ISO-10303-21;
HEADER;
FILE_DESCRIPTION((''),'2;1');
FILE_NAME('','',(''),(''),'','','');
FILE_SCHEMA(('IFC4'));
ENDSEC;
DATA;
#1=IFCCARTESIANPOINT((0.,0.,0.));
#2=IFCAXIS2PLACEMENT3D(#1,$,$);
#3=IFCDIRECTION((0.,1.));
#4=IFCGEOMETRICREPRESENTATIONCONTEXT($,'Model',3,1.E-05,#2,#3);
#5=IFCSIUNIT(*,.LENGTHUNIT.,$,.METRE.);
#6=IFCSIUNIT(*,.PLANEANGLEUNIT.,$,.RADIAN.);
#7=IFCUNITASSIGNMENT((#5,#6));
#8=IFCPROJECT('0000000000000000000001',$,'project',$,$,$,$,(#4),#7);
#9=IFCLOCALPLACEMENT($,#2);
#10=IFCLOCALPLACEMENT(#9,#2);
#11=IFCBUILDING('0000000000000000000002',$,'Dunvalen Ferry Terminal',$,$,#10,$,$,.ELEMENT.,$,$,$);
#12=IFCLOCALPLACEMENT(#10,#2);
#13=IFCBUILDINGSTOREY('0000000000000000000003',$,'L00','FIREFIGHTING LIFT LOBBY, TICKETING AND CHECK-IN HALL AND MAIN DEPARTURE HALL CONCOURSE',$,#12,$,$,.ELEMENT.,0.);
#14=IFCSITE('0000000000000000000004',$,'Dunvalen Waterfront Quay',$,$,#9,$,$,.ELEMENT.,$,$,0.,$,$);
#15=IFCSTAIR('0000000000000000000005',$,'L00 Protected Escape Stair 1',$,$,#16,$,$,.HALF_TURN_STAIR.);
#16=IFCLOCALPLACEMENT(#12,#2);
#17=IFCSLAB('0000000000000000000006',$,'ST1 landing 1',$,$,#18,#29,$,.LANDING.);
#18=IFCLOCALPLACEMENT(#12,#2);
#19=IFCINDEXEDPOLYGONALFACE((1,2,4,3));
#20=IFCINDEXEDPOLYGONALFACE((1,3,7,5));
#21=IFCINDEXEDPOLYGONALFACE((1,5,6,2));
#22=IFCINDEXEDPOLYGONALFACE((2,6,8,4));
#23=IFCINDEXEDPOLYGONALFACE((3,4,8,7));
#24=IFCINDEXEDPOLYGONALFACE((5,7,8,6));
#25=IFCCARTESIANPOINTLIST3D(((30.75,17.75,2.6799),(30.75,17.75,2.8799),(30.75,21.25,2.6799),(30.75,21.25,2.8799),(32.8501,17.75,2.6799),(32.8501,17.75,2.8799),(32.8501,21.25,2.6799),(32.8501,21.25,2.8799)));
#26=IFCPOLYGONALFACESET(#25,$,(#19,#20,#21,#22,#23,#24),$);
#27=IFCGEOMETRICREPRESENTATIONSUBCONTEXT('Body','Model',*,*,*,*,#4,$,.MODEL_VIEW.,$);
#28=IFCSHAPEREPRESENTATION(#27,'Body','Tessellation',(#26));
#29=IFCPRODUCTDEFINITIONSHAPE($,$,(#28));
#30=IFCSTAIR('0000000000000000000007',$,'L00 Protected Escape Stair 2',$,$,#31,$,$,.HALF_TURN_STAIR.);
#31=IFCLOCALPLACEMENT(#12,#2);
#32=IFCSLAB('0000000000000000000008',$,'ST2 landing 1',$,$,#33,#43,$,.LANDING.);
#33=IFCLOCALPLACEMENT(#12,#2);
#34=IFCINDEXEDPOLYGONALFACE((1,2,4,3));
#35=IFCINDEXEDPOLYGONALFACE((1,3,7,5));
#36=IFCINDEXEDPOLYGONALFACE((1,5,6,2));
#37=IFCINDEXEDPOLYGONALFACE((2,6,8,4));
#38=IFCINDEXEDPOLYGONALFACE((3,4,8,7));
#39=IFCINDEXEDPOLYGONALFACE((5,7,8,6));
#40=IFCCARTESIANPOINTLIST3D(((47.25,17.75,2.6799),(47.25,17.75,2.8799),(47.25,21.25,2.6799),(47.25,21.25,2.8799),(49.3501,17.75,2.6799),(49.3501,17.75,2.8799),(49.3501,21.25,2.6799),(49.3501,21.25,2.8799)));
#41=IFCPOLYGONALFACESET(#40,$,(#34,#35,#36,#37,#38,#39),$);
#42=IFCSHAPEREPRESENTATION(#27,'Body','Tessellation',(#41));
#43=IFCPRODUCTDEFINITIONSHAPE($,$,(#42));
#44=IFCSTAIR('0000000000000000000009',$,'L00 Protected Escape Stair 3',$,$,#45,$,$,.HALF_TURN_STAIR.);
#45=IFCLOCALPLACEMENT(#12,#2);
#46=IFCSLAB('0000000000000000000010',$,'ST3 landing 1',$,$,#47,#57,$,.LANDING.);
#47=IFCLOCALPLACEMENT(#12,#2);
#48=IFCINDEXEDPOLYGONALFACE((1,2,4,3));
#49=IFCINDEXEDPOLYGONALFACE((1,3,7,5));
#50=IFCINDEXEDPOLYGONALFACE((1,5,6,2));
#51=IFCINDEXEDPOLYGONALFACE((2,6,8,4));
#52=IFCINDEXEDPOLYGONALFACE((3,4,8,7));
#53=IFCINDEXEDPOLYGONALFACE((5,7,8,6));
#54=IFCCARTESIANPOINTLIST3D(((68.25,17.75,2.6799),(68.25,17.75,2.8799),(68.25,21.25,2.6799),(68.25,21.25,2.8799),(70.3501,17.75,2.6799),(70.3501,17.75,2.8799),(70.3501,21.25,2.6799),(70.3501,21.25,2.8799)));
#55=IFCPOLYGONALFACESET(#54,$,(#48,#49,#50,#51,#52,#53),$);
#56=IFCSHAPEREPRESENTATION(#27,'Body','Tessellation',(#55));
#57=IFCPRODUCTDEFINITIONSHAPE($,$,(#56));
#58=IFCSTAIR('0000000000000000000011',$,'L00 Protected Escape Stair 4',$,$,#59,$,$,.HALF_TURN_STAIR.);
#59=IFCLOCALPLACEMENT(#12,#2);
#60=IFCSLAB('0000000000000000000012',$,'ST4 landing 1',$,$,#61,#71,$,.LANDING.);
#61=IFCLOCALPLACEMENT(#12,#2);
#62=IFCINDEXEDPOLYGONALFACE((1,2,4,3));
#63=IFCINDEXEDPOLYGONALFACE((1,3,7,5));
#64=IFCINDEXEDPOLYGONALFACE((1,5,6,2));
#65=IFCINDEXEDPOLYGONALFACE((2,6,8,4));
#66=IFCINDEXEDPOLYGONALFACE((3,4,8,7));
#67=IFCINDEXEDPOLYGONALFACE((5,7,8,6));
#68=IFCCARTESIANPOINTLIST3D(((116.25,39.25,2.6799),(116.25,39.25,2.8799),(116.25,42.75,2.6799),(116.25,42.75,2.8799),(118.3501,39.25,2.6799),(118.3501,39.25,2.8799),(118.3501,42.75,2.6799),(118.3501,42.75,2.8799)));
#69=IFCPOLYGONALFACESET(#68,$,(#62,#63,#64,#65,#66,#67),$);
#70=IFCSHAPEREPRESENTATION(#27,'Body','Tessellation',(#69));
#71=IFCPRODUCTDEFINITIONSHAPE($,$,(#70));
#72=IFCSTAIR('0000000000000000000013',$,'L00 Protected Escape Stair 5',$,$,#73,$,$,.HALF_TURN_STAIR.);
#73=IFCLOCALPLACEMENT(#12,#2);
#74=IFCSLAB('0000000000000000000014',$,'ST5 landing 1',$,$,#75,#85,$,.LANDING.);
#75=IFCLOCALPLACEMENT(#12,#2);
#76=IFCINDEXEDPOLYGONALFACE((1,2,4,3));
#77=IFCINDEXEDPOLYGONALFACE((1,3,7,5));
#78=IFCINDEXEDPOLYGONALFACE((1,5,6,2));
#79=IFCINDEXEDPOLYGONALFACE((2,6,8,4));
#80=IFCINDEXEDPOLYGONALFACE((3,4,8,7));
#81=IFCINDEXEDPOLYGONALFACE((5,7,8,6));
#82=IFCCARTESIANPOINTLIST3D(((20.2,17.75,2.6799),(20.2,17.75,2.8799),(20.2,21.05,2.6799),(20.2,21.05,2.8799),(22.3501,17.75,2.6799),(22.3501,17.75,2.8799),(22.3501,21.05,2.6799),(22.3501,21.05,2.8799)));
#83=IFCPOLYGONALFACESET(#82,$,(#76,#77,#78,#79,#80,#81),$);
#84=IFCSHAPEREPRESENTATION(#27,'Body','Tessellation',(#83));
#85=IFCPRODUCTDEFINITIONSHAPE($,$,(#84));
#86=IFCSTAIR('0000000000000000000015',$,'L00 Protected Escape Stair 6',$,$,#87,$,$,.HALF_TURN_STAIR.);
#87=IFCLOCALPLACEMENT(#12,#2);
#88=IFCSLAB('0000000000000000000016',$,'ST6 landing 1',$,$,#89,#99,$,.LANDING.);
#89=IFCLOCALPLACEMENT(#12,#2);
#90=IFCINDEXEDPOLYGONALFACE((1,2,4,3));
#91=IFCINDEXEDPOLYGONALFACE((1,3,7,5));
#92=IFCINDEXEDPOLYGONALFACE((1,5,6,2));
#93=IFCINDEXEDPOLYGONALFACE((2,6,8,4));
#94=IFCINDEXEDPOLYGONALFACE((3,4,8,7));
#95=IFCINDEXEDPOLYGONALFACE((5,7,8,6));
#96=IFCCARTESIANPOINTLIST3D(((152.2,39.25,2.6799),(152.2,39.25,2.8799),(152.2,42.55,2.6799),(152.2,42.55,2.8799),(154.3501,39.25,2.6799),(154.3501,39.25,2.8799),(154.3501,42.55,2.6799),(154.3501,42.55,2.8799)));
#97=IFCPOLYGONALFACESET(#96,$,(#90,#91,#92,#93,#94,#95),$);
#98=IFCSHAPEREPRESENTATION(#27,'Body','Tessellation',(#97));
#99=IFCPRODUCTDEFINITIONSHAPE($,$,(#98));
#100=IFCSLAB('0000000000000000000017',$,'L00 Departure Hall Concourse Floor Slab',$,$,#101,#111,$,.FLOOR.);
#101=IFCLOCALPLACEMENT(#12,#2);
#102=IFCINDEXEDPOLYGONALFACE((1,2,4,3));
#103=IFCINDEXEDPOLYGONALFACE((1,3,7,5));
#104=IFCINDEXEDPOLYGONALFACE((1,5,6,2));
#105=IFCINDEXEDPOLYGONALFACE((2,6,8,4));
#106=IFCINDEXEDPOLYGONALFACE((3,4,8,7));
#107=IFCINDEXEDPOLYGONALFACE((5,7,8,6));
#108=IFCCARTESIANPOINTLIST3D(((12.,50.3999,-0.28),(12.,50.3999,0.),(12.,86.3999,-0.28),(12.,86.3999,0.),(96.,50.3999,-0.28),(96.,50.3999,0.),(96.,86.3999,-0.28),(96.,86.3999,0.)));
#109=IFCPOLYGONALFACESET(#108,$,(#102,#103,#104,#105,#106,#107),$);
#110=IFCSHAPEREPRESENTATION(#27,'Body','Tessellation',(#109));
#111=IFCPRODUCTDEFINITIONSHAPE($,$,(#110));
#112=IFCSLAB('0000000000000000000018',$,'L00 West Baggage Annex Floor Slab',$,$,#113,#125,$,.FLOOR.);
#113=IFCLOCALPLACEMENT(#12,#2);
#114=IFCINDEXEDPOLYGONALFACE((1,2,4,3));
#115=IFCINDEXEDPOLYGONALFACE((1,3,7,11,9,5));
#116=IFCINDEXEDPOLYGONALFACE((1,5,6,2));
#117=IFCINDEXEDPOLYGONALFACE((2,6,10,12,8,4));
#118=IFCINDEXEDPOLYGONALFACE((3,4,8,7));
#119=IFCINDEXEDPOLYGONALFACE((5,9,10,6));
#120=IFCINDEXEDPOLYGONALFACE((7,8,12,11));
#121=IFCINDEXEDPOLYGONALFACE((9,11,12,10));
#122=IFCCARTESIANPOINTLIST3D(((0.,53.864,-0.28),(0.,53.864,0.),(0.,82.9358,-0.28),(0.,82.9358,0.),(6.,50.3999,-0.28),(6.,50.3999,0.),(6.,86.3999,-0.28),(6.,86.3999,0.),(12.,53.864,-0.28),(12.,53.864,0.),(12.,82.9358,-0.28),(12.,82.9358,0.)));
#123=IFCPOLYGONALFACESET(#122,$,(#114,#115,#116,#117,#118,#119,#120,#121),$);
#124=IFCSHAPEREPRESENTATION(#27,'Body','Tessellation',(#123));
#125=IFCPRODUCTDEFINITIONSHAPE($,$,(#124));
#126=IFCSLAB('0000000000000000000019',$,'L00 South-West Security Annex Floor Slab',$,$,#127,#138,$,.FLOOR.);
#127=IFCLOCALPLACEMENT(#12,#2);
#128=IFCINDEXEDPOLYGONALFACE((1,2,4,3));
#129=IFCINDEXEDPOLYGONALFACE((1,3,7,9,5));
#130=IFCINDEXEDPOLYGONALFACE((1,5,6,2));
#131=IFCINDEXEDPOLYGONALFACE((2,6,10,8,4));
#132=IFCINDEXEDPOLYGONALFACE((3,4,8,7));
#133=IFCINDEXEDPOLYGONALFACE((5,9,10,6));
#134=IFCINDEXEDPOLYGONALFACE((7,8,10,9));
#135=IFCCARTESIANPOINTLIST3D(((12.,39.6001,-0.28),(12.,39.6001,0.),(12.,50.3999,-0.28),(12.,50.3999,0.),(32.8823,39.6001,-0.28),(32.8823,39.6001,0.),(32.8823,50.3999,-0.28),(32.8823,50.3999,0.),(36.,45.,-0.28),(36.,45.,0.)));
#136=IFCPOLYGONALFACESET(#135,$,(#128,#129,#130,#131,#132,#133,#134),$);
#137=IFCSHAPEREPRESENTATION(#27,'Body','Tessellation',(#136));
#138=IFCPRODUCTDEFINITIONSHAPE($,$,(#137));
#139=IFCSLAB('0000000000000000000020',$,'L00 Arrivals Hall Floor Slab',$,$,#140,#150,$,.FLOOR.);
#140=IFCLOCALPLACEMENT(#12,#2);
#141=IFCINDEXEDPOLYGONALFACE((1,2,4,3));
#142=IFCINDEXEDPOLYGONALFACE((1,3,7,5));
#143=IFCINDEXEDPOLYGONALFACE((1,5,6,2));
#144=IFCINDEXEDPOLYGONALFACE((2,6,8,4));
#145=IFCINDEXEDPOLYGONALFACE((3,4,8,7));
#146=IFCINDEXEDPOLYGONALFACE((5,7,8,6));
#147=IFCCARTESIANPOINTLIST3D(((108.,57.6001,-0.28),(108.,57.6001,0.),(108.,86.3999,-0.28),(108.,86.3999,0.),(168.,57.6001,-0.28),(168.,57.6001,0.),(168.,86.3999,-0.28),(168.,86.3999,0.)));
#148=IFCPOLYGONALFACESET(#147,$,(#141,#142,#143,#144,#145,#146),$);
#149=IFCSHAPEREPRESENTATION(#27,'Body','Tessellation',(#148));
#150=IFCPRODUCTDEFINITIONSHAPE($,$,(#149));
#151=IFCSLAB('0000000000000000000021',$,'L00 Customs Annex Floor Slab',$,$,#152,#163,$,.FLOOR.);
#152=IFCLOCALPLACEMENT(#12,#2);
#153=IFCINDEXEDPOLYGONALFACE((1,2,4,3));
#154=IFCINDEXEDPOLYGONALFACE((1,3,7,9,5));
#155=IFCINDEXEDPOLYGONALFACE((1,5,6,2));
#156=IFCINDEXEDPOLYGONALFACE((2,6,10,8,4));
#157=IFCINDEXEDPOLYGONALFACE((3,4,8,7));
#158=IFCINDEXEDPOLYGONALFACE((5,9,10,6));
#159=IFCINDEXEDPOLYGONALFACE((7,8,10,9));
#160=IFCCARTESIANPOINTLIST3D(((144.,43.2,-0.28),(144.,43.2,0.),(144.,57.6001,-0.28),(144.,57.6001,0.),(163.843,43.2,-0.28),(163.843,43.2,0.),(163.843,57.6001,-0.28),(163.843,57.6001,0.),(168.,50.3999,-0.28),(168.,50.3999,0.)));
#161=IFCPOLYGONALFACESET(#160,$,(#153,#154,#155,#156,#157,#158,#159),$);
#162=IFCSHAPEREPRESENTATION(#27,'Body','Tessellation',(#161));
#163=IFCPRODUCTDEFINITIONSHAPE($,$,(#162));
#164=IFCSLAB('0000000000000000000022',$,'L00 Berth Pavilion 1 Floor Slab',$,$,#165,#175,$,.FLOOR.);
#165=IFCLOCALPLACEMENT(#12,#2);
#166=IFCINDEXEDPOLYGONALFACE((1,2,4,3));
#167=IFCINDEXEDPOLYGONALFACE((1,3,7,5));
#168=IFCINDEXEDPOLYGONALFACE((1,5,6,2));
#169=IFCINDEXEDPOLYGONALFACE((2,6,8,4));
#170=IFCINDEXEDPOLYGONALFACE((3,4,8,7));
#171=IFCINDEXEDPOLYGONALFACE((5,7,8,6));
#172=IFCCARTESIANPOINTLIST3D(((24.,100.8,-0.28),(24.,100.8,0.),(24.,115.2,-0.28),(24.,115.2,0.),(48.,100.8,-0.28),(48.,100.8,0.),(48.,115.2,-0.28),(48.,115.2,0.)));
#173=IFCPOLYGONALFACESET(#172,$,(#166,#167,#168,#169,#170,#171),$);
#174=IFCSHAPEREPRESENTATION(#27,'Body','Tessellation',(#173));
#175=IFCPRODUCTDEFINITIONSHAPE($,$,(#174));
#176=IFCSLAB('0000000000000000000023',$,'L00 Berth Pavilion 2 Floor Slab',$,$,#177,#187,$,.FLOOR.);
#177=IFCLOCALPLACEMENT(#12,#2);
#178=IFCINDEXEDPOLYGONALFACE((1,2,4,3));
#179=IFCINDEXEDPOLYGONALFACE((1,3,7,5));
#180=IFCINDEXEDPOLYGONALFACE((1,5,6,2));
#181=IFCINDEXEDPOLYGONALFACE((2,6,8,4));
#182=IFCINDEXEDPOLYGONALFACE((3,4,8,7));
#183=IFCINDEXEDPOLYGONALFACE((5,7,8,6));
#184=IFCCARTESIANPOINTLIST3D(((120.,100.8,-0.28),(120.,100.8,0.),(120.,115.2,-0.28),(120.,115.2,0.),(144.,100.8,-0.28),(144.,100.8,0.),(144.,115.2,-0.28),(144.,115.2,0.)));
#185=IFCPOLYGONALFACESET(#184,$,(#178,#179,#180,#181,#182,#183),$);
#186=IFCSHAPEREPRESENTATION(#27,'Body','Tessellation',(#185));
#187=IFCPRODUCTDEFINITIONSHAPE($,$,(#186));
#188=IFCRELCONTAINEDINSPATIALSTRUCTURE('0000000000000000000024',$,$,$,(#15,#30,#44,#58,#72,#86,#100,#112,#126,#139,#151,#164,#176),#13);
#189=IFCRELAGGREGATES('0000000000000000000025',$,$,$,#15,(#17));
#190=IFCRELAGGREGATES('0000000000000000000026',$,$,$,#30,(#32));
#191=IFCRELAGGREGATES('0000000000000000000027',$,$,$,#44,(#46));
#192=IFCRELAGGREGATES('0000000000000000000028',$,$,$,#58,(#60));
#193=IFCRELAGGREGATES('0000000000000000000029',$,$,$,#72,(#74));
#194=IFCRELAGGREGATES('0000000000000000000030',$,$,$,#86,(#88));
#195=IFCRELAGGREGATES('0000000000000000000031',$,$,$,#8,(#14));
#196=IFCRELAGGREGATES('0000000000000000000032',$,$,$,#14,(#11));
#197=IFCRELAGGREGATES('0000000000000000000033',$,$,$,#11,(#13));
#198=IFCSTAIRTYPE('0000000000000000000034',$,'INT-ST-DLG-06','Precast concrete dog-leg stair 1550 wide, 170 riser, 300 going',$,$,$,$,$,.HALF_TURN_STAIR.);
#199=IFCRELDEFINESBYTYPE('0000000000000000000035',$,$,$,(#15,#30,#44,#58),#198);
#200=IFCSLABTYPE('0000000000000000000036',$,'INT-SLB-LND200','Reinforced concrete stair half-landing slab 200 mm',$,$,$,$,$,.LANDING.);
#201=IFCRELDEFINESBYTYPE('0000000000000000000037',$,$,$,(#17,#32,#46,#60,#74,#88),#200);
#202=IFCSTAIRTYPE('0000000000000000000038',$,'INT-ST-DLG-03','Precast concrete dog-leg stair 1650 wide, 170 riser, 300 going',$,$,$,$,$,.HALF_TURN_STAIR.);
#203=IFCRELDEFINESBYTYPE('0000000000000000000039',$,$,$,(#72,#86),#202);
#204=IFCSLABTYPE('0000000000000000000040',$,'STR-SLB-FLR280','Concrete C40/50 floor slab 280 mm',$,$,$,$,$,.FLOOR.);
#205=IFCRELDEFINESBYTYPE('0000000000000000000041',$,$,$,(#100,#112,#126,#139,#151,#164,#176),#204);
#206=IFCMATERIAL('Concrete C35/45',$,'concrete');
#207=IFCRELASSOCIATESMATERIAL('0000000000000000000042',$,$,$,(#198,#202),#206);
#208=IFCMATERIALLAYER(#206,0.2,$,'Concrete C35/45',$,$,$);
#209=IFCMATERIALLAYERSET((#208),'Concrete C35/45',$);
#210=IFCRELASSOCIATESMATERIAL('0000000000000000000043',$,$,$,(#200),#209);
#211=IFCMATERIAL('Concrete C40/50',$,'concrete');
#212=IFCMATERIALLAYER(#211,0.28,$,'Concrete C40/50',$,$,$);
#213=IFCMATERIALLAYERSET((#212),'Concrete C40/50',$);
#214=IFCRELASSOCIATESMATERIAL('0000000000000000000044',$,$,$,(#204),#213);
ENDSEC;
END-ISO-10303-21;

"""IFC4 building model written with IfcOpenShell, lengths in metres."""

from ifc_helpers import new_model, si_unit, direction, frame, origin, place, context, subcontext, project, spatial, polyline, outline, extrude, material, layer, layer_set, type_object, element, aggregate, save


model = new_model("IFC4")

# Units and contexts
model_context = context("Model", 3, precision=1e-05, world=origin(), true_north=direction((0.0, 1.0)))
body_context = subcontext(model_context, "Body", "Model", "MODEL_VIEW")
ifc_project = project(units=[si_unit("LENGTHUNIT", "METRE"), si_unit("PLANEANGLEUNIT", "RADIAN")], contexts=[model_context])

# Site, building, storey
site_placement = place(None, origin())
site = spatial("IfcSite", under=ifc_project, at=site_placement, Name="Dunvalen Waterfront Quay", CompositionType="ELEMENT", RefElevation=0.0)
building_placement = place(site_placement, origin())
building = spatial("IfcBuilding", under=site, at=building_placement, Name="Dunvalen Ferry Terminal", CompositionType="ELEMENT")
storey_placement = place(building_placement, origin())
storey = spatial("IfcBuildingStorey", under=building, at=storey_placement, Name="L00", Description="FIREFIGHTING LIFT LOBBY, TICKETING AND CHECK-IN HALL AND MAIN DEPARTURE HALL CONCOURSE", CompositionType="ELEMENT", Elevation=0.0)

# Stairs, slabs
ifc_material_1 = material(Name="Concrete C35/45", Category="concrete")
stair_type_1 = type_object("IfcStairType", Name="INT-ST-DLG-06", Description="Precast concrete dog-leg stair 1550 wide, 170 riser, 300 going", PredefinedType="HALF_TURN_STAIR", material=ifc_material_1)
stair_1_placement = place(storey_placement, origin())
stair_1 = element("IfcStair", 1, at=stair_1_placement, inside=storey, type_object=stair_type_1, Name="L00 Protected Escape Stair 1", PredefinedType="HALF_TURN_STAIR")
ifc_layer_1 = layer(ifc_material_1, 0.2, Name="Concrete C35/45")
ifc_layer_set_1 = layer_set([ifc_layer_1], Name="Concrete C35/45")
slab_type_1 = type_object("IfcSlabType", Name="INT-SLB-LND200", Description="Reinforced concrete stair half-landing slab 200 mm", PredefinedType="LANDING", material=ifc_layer_set_1)
slab_1_placement = place(storey_placement, frame((0.0, 0.0, 2.6799)))
slab_1 = element("IfcSlab", 2, at=slab_1_placement, type_object=slab_type_1, Name="ST1 landing 1", PredefinedType="LANDING", context=body_context, shape_type="SweptSolid", body=[
    extrude(outline(polyline([(30.75, 17.75), (32.8501, 17.75), (32.8501, 21.25), (30.75, 21.25), (30.75, 17.75)])), origin(), (0.0, 0.0, 1.0), 0.2),
])
aggregate(stair_1, [slab_1])
stair_2_placement = place(storey_placement, origin())
stair_2 = element("IfcStair", 3, at=stair_2_placement, inside=storey, type_object=stair_type_1, Name="L00 Protected Escape Stair 2", PredefinedType="HALF_TURN_STAIR")
slab_2_placement = place(storey_placement, frame((0.0, 0.0, 2.6799)))
slab_2 = element("IfcSlab", 4, at=slab_2_placement, type_object=slab_type_1, Name="ST2 landing 1", PredefinedType="LANDING", context=body_context, shape_type="SweptSolid", body=[
    extrude(outline(polyline([(47.25, 17.75), (49.3501, 17.75), (49.3501, 21.25), (47.25, 21.25), (47.25, 17.75)])), origin(), (0.0, 0.0, 1.0), 0.2),
])
aggregate(stair_2, [slab_2])
stair_3_placement = place(storey_placement, origin())
stair_3 = element("IfcStair", 5, at=stair_3_placement, inside=storey, type_object=stair_type_1, Name="L00 Protected Escape Stair 3", PredefinedType="HALF_TURN_STAIR")
slab_3_placement = place(storey_placement, frame((0.0, 0.0, 2.6799)))
slab_3 = element("IfcSlab", 6, at=slab_3_placement, type_object=slab_type_1, Name="ST3 landing 1", PredefinedType="LANDING", context=body_context, shape_type="SweptSolid", body=[
    extrude(outline(polyline([(68.25, 17.75), (70.3501, 17.75), (70.3501, 21.25), (68.25, 21.25), (68.25, 17.75)])), origin(), (0.0, 0.0, 1.0), 0.2),
])
aggregate(stair_3, [slab_3])
stair_4_placement = place(storey_placement, origin())
stair_4 = element("IfcStair", 7, at=stair_4_placement, inside=storey, type_object=stair_type_1, Name="L00 Protected Escape Stair 4", PredefinedType="HALF_TURN_STAIR")
slab_4_placement = place(storey_placement, frame((0.0, 0.0, 2.6799)))
slab_4 = element("IfcSlab", 8, at=slab_4_placement, type_object=slab_type_1, Name="ST4 landing 1", PredefinedType="LANDING", context=body_context, shape_type="SweptSolid", body=[
    extrude(outline(polyline([(116.25, 39.25), (118.3501, 39.25), (118.3501, 42.75), (116.25, 42.75), (116.25, 39.25)])), origin(), (0.0, 0.0, 1.0), 0.2),
])
aggregate(stair_4, [slab_4])
stair_type_2 = type_object("IfcStairType", Name="INT-ST-DLG-03", Description="Precast concrete dog-leg stair 1650 wide, 170 riser, 300 going", PredefinedType="HALF_TURN_STAIR", material=ifc_material_1)
stair_5_placement = place(storey_placement, origin())
stair_5 = element("IfcStair", 9, at=stair_5_placement, inside=storey, type_object=stair_type_2, Name="L00 Protected Escape Stair 5", PredefinedType="HALF_TURN_STAIR")
slab_5_placement = place(storey_placement, frame((0.0, 0.0, 2.6799)))
slab_5 = element("IfcSlab", 10, at=slab_5_placement, type_object=slab_type_1, Name="ST5 landing 1", PredefinedType="LANDING", context=body_context, shape_type="SweptSolid", body=[
    extrude(outline(polyline([(20.2, 17.75), (22.3501, 17.75), (22.3501, 21.05), (20.2, 21.05), (20.2, 17.75)])), origin(), (0.0, 0.0, 1.0), 0.2),
])
aggregate(stair_5, [slab_5])
stair_6_placement = place(storey_placement, origin())
stair_6 = element("IfcStair", 11, at=stair_6_placement, inside=storey, type_object=stair_type_2, Name="L00 Protected Escape Stair 6", PredefinedType="HALF_TURN_STAIR")
slab_6_placement = place(storey_placement, frame((0.0, 0.0, 2.6799)))
slab_6 = element("IfcSlab", 12, at=slab_6_placement, type_object=slab_type_1, Name="ST6 landing 1", PredefinedType="LANDING", context=body_context, shape_type="SweptSolid", body=[
    extrude(outline(polyline([(152.2, 39.25), (154.3501, 39.25), (154.3501, 42.55), (152.2, 42.55), (152.2, 39.25)])), origin(), (0.0, 0.0, 1.0), 0.2),
])
aggregate(stair_6, [slab_6])

# Slabs
ifc_material_2 = material(Name="Concrete C40/50", Category="concrete")
ifc_layer_2 = layer(ifc_material_2, 0.28, Name="Concrete C40/50")
ifc_layer_set_2 = layer_set([ifc_layer_2], Name="Concrete C40/50")
slab_type_2 = type_object("IfcSlabType", Name="STR-SLB-FLR280", Description="Concrete C40/50 floor slab 280 mm", PredefinedType="FLOOR", material=ifc_layer_set_2)
slab_7_placement = place(storey_placement, frame((0.0, 0.0, -0.28)))
element("IfcSlab", 13, at=slab_7_placement, inside=storey, type_object=slab_type_2, Name="L00 Departure Hall Concourse Floor Slab", PredefinedType="FLOOR", context=body_context, shape_type="SweptSolid", body=[
    extrude(outline(polyline([(12.0, 50.3999), (96.0, 50.3999), (96.0, 86.3999), (12.0, 86.3999), (12.0, 50.3999)])), origin(), (0.0, 0.0, 1.0), 0.28),
])
slab_8_placement = place(storey_placement, frame((0.0, 0.0, -0.28)))
element("IfcSlab", 14, at=slab_8_placement, inside=storey, type_object=slab_type_2, Name="L00 West Baggage Annex Floor Slab", PredefinedType="FLOOR", context=body_context, shape_type="SweptSolid", body=[
    extrude(outline(polyline([(6.0, 50.3999), (12.0, 53.864), (12.0, 82.9358), (6.0, 86.3999), (0.0, 82.9358), (0.0, 53.864), (6.0, 50.3999)])), origin(), (0.0, 0.0, 1.0), 0.28),
])
slab_9_placement = place(storey_placement, frame((0.0, 0.0, -0.28)))
element("IfcSlab", 15, at=slab_9_placement, inside=storey, type_object=slab_type_2, Name="L00 South-West Security Annex Floor Slab", PredefinedType="FLOOR", context=body_context, shape_type="SweptSolid", body=[
    extrude(outline(polyline([(12.0, 39.6001), (32.8823, 39.6001), (36.0, 45.0), (32.8823, 50.3999), (12.0, 50.3999), (12.0, 39.6001)])), origin(), (0.0, 0.0, 1.0), 0.28),
])
slab_10_placement = place(storey_placement, frame((0.0, 0.0, -0.28)))
element("IfcSlab", 16, at=slab_10_placement, inside=storey, type_object=slab_type_2, Name="L00 Arrivals Hall Floor Slab", PredefinedType="FLOOR", context=body_context, shape_type="SweptSolid", body=[
    extrude(outline(polyline([(108.0, 57.6001), (168.0, 57.6001), (168.0, 86.3999), (108.0, 86.3999), (108.0, 57.6001)])), origin(), (0.0, 0.0, 1.0), 0.28),
])
slab_11_placement = place(storey_placement, frame((0.0, 0.0, -0.28)))
element("IfcSlab", 17, at=slab_11_placement, inside=storey, type_object=slab_type_2, Name="L00 Customs Annex Floor Slab", PredefinedType="FLOOR", context=body_context, shape_type="SweptSolid", body=[
    extrude(outline(polyline([(144.0, 43.2), (163.843, 43.2), (168.0, 50.3999), (163.843, 57.6001), (144.0, 57.6001), (144.0, 43.2)])), origin(), (0.0, 0.0, 1.0), 0.28),
])
slab_12_placement = place(storey_placement, frame((0.0, 0.0, -0.28)))
element("IfcSlab", 18, at=slab_12_placement, inside=storey, type_object=slab_type_2, Name="L00 Berth Pavilion 1 Floor Slab", PredefinedType="FLOOR", context=body_context, shape_type="SweptSolid", body=[
    extrude(outline(polyline([(24.0, 100.8), (48.0, 100.8), (48.0, 115.2), (24.0, 115.2), (24.0, 100.8)])), origin(), (0.0, 0.0, 1.0), 0.28),
])
slab_13_placement = place(storey_placement, frame((0.0, 0.0, -0.28)))
element("IfcSlab", 19, at=slab_13_placement, inside=storey, type_object=slab_type_2, Name="L00 Berth Pavilion 2 Floor Slab", PredefinedType="FLOOR", context=body_context, shape_type="SweptSolid", body=[
    extrude(outline(polyline([(120.0, 100.8), (144.0, 100.8), (144.0, 115.2), (120.0, 115.2), (120.0, 100.8)])), origin(), (0.0, 0.0, 1.0), 0.28),
])

save(model, "model.ifc")
